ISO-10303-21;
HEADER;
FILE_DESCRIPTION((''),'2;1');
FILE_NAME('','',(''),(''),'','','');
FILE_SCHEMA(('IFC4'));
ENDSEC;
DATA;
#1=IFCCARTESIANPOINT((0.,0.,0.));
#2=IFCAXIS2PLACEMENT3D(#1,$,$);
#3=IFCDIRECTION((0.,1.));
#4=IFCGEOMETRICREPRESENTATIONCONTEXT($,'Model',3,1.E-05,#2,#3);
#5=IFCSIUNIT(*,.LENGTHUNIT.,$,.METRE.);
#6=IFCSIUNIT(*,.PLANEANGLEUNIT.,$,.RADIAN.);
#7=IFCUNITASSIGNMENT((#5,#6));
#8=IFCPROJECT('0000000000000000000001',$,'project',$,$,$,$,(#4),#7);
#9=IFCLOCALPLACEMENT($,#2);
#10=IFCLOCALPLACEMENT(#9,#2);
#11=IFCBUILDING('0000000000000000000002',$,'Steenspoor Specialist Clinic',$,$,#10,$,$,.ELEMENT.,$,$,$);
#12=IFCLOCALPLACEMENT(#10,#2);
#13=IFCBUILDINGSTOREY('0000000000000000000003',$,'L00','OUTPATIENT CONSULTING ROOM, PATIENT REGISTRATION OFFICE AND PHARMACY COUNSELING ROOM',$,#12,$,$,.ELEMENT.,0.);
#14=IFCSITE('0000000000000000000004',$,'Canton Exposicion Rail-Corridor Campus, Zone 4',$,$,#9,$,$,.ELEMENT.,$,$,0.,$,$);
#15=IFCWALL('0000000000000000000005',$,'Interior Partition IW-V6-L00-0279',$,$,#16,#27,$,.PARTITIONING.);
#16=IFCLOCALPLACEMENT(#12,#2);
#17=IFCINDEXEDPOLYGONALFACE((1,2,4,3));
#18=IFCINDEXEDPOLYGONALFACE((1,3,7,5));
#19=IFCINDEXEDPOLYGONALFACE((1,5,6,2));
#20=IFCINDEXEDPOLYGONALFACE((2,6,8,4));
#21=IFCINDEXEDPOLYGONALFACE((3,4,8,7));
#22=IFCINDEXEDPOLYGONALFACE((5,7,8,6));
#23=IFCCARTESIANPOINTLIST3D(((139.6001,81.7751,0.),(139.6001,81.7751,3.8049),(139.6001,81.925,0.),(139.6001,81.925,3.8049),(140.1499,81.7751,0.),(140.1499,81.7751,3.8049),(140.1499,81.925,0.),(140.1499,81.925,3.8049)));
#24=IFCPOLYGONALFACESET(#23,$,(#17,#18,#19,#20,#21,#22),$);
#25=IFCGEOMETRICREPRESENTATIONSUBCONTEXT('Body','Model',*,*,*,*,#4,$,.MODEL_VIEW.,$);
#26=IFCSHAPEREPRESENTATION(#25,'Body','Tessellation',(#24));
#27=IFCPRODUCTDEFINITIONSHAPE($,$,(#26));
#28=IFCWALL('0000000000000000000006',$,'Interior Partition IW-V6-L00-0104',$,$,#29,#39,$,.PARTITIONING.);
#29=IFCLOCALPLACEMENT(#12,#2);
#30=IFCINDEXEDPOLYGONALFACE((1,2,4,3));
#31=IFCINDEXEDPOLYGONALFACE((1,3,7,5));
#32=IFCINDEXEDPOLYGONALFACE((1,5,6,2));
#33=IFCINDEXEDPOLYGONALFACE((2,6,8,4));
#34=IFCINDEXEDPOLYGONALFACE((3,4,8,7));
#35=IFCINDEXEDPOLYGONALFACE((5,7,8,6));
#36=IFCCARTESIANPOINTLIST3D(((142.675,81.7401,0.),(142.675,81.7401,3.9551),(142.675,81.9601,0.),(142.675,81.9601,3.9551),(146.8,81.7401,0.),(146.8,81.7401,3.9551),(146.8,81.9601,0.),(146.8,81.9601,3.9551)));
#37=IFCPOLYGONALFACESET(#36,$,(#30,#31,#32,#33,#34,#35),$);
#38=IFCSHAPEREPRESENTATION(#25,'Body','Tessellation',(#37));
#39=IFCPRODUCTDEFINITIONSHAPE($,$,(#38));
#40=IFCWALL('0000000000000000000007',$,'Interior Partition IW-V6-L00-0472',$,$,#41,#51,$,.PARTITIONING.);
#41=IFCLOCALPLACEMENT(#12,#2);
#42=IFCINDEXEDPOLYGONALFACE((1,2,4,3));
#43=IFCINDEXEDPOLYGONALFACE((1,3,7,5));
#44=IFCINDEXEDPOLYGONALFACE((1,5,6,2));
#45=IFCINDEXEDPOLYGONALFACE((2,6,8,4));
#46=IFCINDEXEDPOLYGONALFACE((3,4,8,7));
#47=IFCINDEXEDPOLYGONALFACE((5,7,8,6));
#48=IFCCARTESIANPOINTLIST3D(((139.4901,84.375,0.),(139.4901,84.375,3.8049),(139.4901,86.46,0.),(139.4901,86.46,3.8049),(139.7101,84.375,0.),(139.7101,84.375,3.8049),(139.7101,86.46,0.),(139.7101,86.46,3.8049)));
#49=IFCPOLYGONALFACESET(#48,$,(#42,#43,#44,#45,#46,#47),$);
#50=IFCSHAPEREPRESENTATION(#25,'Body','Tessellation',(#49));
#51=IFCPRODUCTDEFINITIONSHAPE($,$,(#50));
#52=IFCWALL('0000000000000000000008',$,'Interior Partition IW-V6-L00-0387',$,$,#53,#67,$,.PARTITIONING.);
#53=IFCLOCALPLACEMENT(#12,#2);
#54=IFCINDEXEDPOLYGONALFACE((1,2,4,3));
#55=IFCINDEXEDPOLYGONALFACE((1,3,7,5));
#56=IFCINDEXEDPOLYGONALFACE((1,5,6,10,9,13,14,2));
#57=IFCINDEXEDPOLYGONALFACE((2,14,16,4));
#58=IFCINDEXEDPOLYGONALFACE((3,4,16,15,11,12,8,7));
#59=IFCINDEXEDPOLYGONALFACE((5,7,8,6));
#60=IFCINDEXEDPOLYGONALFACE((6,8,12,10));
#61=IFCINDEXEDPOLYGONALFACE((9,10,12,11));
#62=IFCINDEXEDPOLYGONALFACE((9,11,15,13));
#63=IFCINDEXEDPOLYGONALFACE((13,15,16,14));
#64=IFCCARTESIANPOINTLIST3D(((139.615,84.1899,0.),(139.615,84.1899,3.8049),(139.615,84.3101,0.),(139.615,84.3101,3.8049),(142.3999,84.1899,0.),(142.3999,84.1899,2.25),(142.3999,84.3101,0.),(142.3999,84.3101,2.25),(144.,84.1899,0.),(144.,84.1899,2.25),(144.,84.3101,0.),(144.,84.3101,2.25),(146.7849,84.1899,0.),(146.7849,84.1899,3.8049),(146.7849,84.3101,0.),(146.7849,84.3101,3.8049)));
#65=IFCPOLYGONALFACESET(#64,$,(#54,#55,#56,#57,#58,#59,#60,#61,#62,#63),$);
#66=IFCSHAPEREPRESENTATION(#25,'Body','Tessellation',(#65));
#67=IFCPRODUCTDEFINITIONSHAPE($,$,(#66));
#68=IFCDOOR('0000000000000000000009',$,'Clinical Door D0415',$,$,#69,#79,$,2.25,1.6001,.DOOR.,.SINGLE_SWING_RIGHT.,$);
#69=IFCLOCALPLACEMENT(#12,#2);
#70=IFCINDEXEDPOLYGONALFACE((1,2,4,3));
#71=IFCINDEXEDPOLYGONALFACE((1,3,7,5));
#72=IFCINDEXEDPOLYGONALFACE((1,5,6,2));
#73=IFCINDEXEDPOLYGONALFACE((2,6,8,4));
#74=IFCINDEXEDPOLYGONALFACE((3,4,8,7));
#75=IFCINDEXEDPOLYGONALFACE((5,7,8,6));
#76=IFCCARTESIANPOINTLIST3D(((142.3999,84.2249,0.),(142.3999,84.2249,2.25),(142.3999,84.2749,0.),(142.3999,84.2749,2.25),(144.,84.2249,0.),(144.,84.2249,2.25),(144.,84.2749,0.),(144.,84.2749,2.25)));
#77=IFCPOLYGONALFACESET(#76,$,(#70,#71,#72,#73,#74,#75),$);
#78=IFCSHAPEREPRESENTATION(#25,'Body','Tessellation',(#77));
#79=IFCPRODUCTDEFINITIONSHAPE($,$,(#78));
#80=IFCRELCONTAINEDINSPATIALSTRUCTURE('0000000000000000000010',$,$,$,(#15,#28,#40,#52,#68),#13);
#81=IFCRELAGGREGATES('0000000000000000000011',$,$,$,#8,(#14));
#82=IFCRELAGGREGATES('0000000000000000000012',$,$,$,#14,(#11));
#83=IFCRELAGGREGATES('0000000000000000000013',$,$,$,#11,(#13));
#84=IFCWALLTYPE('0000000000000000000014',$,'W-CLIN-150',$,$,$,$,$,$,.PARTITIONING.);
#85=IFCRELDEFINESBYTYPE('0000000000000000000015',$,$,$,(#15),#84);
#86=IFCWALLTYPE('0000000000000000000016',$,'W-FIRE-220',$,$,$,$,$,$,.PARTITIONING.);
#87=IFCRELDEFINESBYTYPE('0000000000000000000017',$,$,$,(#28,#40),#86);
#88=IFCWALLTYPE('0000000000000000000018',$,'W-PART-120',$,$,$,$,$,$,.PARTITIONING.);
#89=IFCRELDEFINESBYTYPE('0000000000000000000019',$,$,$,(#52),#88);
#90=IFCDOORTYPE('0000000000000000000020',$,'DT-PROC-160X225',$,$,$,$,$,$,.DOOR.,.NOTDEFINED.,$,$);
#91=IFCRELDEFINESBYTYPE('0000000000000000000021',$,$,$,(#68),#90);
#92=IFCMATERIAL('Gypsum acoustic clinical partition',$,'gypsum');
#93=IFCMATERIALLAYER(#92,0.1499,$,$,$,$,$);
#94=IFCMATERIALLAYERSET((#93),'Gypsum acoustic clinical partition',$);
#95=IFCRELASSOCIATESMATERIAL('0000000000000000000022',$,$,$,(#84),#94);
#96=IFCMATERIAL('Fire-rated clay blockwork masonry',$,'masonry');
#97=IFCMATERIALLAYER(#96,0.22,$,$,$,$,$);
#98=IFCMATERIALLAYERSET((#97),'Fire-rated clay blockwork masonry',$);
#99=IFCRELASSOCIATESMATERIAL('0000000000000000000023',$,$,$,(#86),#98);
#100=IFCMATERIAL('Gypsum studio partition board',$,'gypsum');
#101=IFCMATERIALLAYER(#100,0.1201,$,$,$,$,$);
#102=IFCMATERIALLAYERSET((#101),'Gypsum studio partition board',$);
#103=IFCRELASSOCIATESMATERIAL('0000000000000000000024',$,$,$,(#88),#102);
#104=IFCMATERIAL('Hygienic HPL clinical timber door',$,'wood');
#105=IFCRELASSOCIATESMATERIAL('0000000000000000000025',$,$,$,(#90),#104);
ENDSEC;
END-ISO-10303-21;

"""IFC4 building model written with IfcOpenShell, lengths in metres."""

from ifc_helpers import new_model, si_unit, direction, frame, frame_2d, origin, place, context, subcontext, project, spatial, rectangle, extrude, material, layer, layer_set, type_object, element, fill, save


model = new_model("IFC4")

# Units and contexts
model_context = context("Model", 3, precision=1e-05, world=origin(), true_north=direction((0.0, 1.0)))
body_context = subcontext(model_context, "Body", "Model", "MODEL_VIEW")
ifc_project = project(units=[si_unit("LENGTHUNIT", "METRE"), si_unit("PLANEANGLEUNIT", "RADIAN")], contexts=[model_context])

# Site, building, storey
site_placement = place(None, origin())
site = spatial("IfcSite", under=ifc_project, at=site_placement, Name="Canton Exposicion Rail-Corridor Campus, Zone 4", CompositionType="ELEMENT", RefElevation=0.0)
building_placement = place(site_placement, origin())
building = spatial("IfcBuilding", under=site, at=building_placement, Name="Steenspoor Specialist Clinic", CompositionType="ELEMENT")
storey_placement = place(building_placement, origin())
storey = spatial("IfcBuildingStorey", under=building, at=storey_placement, Name="L00", Description="OUTPATIENT CONSULTING ROOM, PATIENT REGISTRATION OFFICE AND PHARMACY COUNSELING ROOM", CompositionType="ELEMENT", Elevation=0.0)

# Walls
ifc_material_1 = material(Name="Gypsum acoustic clinical partition", Category="gypsum")
ifc_layer_1 = layer(ifc_material_1, 0.1499)
ifc_layer_set_1 = layer_set([ifc_layer_1], Name="Gypsum acoustic clinical partition")
wall_type_1 = type_object("IfcWallType", Name="W-CLIN-150", PredefinedType="PARTITIONING", material=ifc_layer_set_1)
wall_1_placement = place(storey_placement, frame((139.6001, 81.8501, 0.0), z_axis=(0.0, 0.0, 1.0), x_axis=(1.0, 0.0, 0.0)))
element("IfcWall", 1, at=wall_1_placement, inside=storey, type_object=wall_type_1, Name="Interior Partition IW-V6-L00-0279", PredefinedType="PARTITIONING", context=body_context, shape_type="SweptSolid", body=[
    extrude(rectangle(XDim=0.5498, YDim=0.1499, at=frame_2d((0.2749, 0.0))), origin(), (0.0, 0.0, 1.0), 3.8049),
])
ifc_material_2 = material(Name="Fire-rated clay blockwork masonry", Category="masonry")
ifc_layer_2 = layer(ifc_material_2, 0.22)
ifc_layer_set_2 = layer_set([ifc_layer_2], Name="Fire-rated clay blockwork masonry")
wall_type_2 = type_object("IfcWallType", Name="W-FIRE-220", PredefinedType="PARTITIONING", material=ifc_layer_set_2)
wall_2_placement = place(storey_placement, frame((142.675, 81.8501, 0.0), z_axis=(0.0, 0.0, 1.0), x_axis=(1.0, 0.0, 0.0)))
element("IfcWall", 2, at=wall_2_placement, inside=storey, type_object=wall_type_2, Name="Interior Partition IW-V6-L00-0104", PredefinedType="PARTITIONING", context=body_context, shape_type="SweptSolid", body=[
    extrude(rectangle(XDim=4.125, YDim=0.22, at=frame_2d((2.0625, 0.0))), origin(), (0.0, 0.0, 1.0), 3.9551),
])
wall_3_placement = place(storey_placement, frame((139.6001, 84.375, 0.0), z_axis=(0.0, 0.0, 1.0), x_axis=(0.0, 1.0, 0.0)))
element("IfcWall", 3, at=wall_3_placement, inside=storey, type_object=wall_type_2, Name="Interior Partition IW-V6-L00-0472", PredefinedType="PARTITIONING", context=body_context, shape_type="SweptSolid", body=[
    extrude(rectangle(XDim=2.085, YDim=0.22, at=frame_2d((1.0425, 0.0))), origin(), (0.0, 0.0, 1.0), 3.8049),
])

# Wall, opening, door
ifc_material_3 = material(Name="Gypsum studio partition board", Category="gypsum")
ifc_layer_3 = layer(ifc_material_3, 0.1201)
ifc_layer_set_3 = layer_set([ifc_layer_3], Name="Gypsum studio partition board")
wall_type_3 = type_object("IfcWallType", Name="W-PART-120", PredefinedType="PARTITIONING", material=ifc_layer_set_3)
wall_4_placement = place(storey_placement, frame((139.615, 84.25, 0.0), z_axis=(0.0, 0.0, 1.0), x_axis=(1.0, 0.0, 0.0)))
wall_4 = element("IfcWall", 4, at=wall_4_placement, inside=storey, type_object=wall_type_3, Name="Interior Partition IW-V6-L00-0387", PredefinedType="PARTITIONING", context=body_context, shape_type="SweptSolid", body=[
    extrude(rectangle(XDim=7.1699, YDim=0.1201, at=frame_2d((3.585, 0.0))), origin(), (0.0, 0.0, 1.0), 3.8049),
])
opening_placement = place(wall_4_placement, frame((2.7849, 0.0, 0.0)))
opening = element("IfcOpeningElement", 5, at=opening_placement, cuts=wall_4, PredefinedType="OPENING", context=body_context, shape_type="SweptSolid", body=[
    extrude(rectangle(XDim=1.6001, YDim=2.25, at=frame_2d((0.8, 1.125))), frame((0.0, 0.0701, 0.0), z_axis=(0.0, -1.0, 0.0), x_axis=(1.0, 0.0, 0.0)), (0.0, 0.0, 1.0), 0.1401),
])
ifc_material_4 = material(Name="Hygienic HPL clinical timber door", Category="wood")
door_type = type_object("IfcDoorType", Name="DT-PROC-160X225", OperationType="NOTDEFINED", PredefinedType="DOOR", material=ifc_material_4)
door_placement = place(opening_placement, origin())
door = element("IfcDoor", 6, at=door_placement, inside=storey, type_object=door_type, Name="Clinical Door D0415", OperationType="SINGLE_SWING_RIGHT", OverallHeight=2.25, OverallWidth=1.6001, PredefinedType="DOOR", context=body_context, shape_type="SweptSolid", body=[
    extrude(rectangle(XDim=1.6001, YDim=2.25, at=frame_2d((0.8, 1.125))), frame((0.0, 0.0249, 0.0), z_axis=(0.0, -1.0, 0.0), x_axis=(1.0, 0.0, 0.0)), (0.0, 0.0, 1.0), 0.05),
])
fill(opening, door)

save(model, "model.ifc")
